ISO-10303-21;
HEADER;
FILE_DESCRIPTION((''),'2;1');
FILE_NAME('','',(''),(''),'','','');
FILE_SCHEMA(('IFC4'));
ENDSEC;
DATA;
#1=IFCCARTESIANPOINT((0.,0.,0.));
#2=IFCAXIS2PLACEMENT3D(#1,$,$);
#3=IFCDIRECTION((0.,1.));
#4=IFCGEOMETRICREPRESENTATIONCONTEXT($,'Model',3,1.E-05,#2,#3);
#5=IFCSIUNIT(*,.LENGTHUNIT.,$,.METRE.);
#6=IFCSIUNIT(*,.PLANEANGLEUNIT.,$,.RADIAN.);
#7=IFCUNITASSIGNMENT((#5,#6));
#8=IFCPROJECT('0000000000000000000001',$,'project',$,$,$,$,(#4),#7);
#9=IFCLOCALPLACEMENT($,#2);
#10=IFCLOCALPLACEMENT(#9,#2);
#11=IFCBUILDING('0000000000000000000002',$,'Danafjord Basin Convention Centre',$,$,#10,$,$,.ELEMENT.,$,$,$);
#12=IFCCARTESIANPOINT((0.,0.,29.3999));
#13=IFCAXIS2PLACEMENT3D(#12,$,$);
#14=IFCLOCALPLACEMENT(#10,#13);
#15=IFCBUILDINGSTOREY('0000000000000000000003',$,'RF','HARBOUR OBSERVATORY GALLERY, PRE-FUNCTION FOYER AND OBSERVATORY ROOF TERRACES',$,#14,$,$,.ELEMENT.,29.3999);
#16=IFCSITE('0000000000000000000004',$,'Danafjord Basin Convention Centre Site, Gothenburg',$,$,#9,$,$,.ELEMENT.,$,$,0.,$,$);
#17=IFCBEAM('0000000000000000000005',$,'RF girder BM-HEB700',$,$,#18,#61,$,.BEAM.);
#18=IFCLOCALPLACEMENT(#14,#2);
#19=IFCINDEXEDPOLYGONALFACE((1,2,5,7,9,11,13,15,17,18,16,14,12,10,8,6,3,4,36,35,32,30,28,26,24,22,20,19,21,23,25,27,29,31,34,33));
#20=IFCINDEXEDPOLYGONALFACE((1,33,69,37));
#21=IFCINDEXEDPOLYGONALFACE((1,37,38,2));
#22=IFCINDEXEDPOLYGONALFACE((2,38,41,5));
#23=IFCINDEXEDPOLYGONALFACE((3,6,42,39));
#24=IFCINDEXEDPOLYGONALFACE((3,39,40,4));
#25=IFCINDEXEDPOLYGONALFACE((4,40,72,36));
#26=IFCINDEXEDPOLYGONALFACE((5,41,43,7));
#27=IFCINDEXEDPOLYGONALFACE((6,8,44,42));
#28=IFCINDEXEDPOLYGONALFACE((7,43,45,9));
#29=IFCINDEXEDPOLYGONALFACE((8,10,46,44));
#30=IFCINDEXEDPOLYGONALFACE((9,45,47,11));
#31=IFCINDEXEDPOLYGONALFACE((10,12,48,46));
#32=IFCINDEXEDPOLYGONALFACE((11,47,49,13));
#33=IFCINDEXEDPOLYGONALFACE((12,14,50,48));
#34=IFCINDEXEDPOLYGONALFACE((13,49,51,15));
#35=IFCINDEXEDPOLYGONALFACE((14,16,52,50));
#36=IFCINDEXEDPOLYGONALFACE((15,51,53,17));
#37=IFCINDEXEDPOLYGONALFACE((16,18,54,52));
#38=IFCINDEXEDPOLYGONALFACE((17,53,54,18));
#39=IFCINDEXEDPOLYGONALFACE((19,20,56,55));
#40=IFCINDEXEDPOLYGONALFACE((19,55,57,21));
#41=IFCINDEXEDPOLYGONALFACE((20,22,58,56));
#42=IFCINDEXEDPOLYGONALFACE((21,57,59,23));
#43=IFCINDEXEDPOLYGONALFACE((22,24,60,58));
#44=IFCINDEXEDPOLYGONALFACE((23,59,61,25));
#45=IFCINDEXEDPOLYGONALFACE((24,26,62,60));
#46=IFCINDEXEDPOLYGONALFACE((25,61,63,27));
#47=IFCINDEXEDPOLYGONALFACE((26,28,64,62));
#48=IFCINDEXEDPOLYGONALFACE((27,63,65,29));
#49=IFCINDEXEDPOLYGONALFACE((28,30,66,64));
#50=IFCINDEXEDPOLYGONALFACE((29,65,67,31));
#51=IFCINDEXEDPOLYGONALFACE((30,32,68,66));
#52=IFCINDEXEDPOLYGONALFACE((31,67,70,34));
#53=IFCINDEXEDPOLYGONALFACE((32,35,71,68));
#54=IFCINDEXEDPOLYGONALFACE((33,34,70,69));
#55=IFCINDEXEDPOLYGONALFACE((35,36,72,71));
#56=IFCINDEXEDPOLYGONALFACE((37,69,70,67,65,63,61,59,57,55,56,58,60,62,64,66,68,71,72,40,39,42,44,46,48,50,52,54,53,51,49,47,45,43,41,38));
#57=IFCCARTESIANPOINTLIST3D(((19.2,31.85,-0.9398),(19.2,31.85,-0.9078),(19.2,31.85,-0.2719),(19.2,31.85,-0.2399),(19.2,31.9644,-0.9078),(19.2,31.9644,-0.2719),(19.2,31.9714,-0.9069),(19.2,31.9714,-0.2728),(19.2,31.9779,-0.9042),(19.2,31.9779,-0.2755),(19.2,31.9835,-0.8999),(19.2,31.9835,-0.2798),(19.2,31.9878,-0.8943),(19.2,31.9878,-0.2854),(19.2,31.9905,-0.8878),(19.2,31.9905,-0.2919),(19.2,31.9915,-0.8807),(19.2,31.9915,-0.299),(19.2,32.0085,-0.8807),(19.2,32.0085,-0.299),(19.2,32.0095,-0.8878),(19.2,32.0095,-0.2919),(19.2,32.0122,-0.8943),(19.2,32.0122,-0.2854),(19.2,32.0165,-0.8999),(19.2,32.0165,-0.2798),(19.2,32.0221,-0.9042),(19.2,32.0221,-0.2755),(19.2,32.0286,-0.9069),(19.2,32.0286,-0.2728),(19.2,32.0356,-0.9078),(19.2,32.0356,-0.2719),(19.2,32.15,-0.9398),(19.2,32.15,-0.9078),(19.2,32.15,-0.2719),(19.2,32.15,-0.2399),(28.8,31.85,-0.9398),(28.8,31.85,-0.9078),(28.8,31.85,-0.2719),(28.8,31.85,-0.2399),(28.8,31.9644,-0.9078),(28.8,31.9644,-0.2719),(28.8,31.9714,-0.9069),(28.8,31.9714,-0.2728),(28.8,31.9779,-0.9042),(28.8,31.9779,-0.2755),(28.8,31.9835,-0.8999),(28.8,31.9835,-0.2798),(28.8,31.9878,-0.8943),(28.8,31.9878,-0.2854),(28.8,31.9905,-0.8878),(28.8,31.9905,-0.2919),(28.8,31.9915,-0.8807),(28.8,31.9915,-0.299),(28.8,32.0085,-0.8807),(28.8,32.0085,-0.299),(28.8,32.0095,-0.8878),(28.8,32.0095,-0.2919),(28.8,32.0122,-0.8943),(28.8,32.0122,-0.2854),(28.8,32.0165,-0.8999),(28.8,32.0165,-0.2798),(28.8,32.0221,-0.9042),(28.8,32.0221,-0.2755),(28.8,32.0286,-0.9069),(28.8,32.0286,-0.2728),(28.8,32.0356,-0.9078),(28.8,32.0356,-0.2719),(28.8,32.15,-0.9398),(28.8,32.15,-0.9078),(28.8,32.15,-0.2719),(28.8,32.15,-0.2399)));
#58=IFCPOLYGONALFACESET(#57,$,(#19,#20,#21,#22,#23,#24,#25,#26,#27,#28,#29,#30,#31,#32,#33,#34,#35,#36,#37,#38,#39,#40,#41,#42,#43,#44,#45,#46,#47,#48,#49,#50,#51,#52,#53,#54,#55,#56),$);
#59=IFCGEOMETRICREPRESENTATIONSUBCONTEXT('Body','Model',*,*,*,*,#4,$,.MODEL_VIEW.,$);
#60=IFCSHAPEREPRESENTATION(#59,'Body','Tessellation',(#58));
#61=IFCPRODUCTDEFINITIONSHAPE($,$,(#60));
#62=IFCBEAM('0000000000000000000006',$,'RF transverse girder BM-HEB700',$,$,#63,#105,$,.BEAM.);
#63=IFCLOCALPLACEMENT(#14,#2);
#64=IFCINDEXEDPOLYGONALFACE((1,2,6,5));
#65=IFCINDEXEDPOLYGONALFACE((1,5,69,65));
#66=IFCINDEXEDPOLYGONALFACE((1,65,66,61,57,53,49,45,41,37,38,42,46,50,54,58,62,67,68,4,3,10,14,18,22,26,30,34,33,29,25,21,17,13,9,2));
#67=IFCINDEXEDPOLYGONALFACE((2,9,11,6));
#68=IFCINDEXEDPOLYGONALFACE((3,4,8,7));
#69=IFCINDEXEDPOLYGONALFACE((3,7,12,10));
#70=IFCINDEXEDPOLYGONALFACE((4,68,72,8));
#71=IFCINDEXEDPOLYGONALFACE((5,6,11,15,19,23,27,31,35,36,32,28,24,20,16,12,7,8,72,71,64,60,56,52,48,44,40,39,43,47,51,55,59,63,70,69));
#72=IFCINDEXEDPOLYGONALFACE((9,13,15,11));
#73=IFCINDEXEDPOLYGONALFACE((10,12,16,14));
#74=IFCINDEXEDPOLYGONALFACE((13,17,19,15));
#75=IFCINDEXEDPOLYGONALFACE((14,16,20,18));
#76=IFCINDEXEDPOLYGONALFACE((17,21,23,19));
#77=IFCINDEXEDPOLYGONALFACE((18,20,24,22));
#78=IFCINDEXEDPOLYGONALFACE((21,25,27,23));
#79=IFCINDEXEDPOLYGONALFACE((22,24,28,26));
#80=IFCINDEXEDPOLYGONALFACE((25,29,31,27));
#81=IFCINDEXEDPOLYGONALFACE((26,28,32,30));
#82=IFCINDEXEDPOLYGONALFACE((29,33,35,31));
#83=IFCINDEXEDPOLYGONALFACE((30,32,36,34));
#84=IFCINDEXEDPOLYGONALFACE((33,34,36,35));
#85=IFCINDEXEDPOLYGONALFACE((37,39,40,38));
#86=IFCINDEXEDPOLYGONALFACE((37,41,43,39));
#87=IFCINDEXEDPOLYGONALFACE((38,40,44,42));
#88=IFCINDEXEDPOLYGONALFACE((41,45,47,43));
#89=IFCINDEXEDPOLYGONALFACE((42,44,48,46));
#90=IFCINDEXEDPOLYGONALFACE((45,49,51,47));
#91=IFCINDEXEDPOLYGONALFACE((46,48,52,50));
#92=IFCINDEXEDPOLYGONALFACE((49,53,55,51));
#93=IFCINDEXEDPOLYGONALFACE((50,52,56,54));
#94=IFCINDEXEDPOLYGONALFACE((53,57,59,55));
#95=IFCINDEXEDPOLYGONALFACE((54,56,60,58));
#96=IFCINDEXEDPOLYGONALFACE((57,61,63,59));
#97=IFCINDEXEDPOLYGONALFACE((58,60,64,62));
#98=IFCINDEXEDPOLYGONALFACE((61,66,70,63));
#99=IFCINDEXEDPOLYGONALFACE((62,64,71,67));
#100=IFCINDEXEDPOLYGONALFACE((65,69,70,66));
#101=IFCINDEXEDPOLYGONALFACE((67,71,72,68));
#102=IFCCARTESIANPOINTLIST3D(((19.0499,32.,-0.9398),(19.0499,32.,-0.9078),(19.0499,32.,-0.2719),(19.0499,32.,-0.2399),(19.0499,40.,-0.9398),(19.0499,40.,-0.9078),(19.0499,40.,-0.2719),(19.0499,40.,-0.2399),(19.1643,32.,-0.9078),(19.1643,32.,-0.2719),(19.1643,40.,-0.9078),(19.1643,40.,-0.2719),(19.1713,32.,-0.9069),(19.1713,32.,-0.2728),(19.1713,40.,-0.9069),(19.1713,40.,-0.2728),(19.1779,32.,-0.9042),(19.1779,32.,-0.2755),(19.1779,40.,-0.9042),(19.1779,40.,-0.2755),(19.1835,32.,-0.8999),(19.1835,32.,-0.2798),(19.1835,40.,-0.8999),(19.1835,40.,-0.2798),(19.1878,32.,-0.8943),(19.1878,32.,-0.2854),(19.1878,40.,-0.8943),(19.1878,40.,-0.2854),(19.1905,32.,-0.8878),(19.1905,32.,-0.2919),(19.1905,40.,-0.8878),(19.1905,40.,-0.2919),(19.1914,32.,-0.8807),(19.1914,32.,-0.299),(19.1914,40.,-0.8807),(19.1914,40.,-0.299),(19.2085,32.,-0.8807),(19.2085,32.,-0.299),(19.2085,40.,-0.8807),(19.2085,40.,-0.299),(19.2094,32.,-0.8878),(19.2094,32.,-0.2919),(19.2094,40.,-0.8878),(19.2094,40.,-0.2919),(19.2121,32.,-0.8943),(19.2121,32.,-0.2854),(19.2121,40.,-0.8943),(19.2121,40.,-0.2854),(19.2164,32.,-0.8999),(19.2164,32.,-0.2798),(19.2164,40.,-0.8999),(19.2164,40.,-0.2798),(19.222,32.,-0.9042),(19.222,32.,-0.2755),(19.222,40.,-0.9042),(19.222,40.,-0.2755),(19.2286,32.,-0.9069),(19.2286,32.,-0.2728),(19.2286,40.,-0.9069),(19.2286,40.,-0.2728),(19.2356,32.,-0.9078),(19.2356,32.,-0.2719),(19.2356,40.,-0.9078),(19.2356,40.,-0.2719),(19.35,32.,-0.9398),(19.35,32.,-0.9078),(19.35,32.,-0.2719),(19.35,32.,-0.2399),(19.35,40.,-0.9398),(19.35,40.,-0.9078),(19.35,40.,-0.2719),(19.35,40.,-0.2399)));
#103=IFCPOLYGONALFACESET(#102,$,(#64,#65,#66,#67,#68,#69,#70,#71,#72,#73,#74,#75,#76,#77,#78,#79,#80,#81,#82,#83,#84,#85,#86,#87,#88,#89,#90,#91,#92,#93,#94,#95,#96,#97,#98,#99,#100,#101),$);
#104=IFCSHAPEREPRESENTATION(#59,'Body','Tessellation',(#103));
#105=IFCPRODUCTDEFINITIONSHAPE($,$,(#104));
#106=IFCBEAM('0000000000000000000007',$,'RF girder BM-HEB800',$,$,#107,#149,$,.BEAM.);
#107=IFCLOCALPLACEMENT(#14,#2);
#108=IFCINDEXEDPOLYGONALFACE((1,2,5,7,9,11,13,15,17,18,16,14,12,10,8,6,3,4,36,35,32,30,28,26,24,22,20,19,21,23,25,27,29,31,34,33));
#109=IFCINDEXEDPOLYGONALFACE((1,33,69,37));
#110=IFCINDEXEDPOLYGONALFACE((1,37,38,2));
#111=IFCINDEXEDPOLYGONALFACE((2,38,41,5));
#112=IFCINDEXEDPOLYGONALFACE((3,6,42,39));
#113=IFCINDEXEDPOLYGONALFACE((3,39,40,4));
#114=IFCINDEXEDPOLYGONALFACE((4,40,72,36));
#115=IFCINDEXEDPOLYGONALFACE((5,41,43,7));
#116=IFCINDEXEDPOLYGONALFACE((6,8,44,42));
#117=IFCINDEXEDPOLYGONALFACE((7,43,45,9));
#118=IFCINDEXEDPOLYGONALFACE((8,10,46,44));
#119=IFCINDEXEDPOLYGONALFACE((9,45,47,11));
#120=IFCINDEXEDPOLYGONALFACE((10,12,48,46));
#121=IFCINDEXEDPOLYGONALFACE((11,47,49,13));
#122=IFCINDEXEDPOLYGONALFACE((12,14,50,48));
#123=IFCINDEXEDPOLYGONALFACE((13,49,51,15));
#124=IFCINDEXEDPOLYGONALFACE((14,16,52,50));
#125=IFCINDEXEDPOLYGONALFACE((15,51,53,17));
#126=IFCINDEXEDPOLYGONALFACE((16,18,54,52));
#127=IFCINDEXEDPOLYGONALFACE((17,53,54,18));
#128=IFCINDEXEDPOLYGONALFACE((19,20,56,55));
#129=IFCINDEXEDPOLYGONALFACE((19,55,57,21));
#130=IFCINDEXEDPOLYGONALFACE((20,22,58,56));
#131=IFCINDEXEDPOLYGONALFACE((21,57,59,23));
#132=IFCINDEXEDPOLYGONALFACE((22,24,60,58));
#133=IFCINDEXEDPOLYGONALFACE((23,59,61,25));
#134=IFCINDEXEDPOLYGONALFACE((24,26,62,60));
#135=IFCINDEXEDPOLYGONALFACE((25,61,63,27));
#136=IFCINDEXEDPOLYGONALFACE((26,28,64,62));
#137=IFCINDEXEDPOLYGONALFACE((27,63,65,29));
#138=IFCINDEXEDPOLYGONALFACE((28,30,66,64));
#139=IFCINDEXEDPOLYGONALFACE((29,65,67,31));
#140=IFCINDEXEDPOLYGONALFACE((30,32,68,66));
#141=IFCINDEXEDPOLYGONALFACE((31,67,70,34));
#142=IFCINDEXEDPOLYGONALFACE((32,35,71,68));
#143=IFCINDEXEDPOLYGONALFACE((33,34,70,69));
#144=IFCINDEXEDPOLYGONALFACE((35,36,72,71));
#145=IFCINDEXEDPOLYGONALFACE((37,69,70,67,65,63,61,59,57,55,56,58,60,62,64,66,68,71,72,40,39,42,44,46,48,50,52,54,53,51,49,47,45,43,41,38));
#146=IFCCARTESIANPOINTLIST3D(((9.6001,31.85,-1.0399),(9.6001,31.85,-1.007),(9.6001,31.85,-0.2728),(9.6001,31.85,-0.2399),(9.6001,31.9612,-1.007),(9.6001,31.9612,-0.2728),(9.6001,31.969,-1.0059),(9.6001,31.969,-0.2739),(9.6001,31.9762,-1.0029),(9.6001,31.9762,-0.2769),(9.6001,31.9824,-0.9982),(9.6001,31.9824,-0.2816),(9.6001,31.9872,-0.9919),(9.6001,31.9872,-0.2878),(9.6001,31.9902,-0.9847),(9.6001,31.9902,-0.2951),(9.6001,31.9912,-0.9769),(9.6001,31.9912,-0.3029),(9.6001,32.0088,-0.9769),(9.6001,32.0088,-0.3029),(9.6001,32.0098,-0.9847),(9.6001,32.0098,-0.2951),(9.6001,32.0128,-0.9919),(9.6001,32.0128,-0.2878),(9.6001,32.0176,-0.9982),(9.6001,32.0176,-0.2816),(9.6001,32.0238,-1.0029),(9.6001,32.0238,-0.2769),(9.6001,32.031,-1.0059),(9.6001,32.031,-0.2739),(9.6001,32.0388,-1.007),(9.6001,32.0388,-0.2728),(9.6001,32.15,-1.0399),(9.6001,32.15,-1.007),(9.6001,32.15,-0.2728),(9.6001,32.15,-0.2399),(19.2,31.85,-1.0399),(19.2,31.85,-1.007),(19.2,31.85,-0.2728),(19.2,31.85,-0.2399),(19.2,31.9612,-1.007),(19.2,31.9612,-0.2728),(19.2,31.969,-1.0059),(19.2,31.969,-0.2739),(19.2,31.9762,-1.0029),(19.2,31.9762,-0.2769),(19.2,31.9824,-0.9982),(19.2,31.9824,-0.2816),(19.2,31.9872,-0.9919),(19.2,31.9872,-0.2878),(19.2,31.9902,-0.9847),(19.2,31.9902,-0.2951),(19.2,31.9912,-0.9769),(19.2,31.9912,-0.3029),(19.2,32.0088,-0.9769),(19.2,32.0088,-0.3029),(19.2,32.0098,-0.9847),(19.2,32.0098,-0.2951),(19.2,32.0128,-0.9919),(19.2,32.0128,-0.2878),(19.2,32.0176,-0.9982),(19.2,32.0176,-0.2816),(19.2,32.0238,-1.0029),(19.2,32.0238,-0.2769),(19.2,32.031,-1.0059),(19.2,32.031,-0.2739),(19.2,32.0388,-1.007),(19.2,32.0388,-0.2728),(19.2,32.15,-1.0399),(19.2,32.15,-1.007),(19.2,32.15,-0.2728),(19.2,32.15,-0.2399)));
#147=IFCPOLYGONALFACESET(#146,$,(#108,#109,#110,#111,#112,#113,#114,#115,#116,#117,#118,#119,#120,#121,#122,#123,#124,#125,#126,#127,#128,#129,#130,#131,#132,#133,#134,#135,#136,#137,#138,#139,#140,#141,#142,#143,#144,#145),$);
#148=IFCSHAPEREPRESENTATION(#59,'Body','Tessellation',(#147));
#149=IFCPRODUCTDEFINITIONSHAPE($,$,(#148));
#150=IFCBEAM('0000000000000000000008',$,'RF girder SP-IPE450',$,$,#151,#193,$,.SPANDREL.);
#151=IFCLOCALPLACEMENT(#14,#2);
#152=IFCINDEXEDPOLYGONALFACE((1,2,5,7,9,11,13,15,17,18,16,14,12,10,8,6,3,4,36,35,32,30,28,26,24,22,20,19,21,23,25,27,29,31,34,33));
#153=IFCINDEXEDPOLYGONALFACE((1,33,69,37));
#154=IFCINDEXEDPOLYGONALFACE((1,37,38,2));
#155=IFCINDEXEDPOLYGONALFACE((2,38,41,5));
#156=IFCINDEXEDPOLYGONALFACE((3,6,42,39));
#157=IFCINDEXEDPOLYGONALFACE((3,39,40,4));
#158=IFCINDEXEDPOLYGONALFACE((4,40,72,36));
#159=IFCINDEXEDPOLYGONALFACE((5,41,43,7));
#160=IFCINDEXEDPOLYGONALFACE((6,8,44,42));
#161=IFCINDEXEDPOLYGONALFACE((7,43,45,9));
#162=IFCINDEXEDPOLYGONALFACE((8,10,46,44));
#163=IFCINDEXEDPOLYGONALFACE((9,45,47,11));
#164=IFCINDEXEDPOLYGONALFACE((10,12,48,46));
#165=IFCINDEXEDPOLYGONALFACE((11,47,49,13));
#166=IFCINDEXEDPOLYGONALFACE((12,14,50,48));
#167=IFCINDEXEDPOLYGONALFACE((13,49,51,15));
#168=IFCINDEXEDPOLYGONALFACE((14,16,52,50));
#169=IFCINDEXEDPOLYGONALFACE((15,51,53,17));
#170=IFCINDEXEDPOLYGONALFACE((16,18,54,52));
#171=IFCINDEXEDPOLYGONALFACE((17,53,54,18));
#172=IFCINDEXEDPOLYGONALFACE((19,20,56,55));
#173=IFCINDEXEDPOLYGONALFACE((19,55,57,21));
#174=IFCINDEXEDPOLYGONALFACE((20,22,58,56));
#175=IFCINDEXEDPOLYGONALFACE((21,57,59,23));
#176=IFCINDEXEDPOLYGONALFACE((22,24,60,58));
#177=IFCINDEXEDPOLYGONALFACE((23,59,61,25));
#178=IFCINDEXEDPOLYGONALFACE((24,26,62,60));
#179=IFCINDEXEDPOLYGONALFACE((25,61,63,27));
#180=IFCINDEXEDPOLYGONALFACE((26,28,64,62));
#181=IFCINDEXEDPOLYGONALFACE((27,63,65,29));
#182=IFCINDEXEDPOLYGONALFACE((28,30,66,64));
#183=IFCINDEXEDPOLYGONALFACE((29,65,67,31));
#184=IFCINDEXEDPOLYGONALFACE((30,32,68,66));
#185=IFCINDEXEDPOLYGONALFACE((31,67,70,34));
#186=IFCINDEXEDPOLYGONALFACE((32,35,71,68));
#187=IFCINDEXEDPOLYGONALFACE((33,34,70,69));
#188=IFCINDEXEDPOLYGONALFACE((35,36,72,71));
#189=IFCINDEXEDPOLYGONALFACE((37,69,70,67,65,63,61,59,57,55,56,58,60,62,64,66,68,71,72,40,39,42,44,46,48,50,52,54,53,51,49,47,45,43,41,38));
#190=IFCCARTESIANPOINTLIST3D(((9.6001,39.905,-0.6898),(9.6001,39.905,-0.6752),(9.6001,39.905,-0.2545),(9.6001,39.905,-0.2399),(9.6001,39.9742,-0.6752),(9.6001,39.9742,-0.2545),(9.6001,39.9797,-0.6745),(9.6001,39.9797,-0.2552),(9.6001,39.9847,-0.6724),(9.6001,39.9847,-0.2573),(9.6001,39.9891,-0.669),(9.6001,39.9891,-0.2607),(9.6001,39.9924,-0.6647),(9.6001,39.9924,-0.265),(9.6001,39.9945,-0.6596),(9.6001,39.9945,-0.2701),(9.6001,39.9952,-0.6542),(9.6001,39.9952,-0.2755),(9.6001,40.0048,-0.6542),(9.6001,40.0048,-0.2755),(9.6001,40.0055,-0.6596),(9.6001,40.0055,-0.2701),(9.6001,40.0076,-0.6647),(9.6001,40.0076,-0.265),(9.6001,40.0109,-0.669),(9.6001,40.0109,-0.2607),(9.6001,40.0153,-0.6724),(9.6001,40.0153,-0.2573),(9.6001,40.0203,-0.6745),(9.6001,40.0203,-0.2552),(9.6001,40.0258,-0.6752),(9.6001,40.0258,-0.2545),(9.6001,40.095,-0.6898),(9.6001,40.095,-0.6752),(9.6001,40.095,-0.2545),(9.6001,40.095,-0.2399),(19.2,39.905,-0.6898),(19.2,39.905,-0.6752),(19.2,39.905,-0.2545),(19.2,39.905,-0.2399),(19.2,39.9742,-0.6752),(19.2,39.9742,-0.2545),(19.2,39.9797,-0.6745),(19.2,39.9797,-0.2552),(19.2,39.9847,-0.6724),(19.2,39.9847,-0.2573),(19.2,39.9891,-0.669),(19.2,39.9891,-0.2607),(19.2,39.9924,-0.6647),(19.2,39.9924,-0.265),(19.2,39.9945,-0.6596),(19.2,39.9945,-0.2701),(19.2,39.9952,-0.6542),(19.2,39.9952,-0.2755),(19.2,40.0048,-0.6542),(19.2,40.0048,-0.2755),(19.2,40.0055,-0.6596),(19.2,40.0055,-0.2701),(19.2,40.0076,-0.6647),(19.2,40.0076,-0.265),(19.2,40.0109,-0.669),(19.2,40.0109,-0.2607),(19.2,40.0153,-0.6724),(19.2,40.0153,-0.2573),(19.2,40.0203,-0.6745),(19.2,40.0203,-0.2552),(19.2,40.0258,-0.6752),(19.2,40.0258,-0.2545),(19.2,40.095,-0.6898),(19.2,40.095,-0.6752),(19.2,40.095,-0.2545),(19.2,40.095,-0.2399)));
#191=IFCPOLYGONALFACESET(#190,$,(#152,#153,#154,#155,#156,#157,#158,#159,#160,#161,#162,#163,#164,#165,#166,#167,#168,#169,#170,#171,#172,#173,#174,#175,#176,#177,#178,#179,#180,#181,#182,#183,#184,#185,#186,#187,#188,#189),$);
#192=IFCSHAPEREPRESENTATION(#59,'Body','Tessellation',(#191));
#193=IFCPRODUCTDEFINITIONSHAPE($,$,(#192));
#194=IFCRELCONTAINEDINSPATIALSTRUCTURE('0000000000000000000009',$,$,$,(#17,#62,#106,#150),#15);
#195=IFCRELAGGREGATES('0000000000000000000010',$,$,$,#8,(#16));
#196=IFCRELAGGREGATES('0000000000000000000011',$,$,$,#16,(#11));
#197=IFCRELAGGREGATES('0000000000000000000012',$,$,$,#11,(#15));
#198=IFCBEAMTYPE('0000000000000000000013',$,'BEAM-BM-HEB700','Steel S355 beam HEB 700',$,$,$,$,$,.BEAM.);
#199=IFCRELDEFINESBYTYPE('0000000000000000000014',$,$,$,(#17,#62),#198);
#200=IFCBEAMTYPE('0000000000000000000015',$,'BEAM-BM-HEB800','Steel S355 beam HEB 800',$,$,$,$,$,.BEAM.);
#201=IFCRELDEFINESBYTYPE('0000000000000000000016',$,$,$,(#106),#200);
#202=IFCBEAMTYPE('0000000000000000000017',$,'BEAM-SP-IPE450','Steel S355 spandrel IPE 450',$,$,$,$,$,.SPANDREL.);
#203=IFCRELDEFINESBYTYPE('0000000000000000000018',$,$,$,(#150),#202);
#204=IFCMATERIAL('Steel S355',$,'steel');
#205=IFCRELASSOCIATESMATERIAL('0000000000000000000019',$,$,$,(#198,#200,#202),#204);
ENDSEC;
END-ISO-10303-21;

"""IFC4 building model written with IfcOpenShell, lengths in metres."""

from ifc_helpers import new_model, si_unit, direction, frame, origin, origin_2d, place, context, subcontext, project, spatial, i_section, extrude, material, material_profile, profile_set, type_object, element, save


model = new_model("IFC4")

# Units and contexts
model_context = context("Model", 3, precision=1e-05, world=origin(), true_north=direction((0.0, 1.0)))
body_context = subcontext(model_context, "Body", "Model", "MODEL_VIEW")
ifc_project = project(units=[si_unit("LENGTHUNIT", "METRE"), si_unit("PLANEANGLEUNIT", "RADIAN")], contexts=[model_context])

# Site, building, storey
site_placement = place(None, origin())
site = spatial("IfcSite", under=ifc_project, at=site_placement, Name="Danafjord Basin Convention Centre Site, Gothenburg", CompositionType="ELEMENT", RefElevation=0.0)
building_placement = place(site_placement, origin())
building = spatial("IfcBuilding", under=site, at=building_placement, Name="Danafjord Basin Convention Centre", CompositionType="ELEMENT")
storey_placement = place(building_placement, frame((0.0, 0.0, 29.3999)))
storey = spatial("IfcBuildingStorey", under=building, at=storey_placement, Name="RF", Description="HARBOUR OBSERVATORY GALLERY, PRE-FUNCTION FOYER AND OBSERVATORY ROOF TERRACES", CompositionType="ELEMENT", Elevation=29.3999)

# Shared definitions
ifc_material_1 = material(Name="Steel S355", Category="steel")

# Beams
ifc_material_profile_1 = material_profile(ifc_material_1, i_section(OverallWidth=0.3, OverallDepth=0.7, WebThickness=0.0171, FlangeThickness=0.032, FilletRadius=0.0271, at=origin_2d()), Name="HEB 700")
ifc_profile_set_1 = profile_set([ifc_material_profile_1], Name="Steel S355")
beam_type_1 = type_object("IfcBeamType", Name="BEAM-BM-HEB700", Description="Steel S355 beam HEB 700", PredefinedType="BEAM", material=ifc_profile_set_1)
beam_1_placement = place(storey_placement, frame((19.2, 32.0, -0.5898), z_axis=(1.0, 0.0, 0.0), x_axis=(0.0, 1.0, 0.0)))
element("IfcBeam", 1, at=beam_1_placement, inside=storey, type_object=beam_type_1, Name="RF girder BM-HEB700", PredefinedType="BEAM", context=body_context, shape_type="SweptSolid", body=[
    extrude(i_section(OverallWidth=0.3, OverallDepth=0.7, WebThickness=0.0171, FlangeThickness=0.032, FilletRadius=0.0271, at=origin_2d()), origin(), (0.0, 0.0, 1.0), 9.6001),
])
beam_2_placement = place(storey_placement, frame((19.2, 32.0, -0.5898), z_axis=(0.0, 1.0, 0.0), x_axis=(-1.0, 0.0, 0.0)))
element("IfcBeam", 2, at=beam_2_placement, inside=storey, type_object=beam_type_1, Name="RF transverse girder BM-HEB700", PredefinedType="BEAM", context=body_context, shape_type="SweptSolid", body=[
    extrude(i_section(OverallWidth=0.3, OverallDepth=0.7, WebThickness=0.0171, FlangeThickness=0.032, FilletRadius=0.0271, at=origin_2d()), origin(), (0.0, 0.0, 1.0), 8.0),
])
ifc_material_profile_2 = material_profile(ifc_material_1, i_section(OverallWidth=0.3, OverallDepth=0.8, WebThickness=0.0176, FlangeThickness=0.033, FilletRadius=0.03, at=origin_2d()), Name="HEB 800")
ifc_profile_set_2 = profile_set([ifc_material_profile_2], Name="Steel S355")
beam_type_2 = type_object("IfcBeamType", Name="BEAM-BM-HEB800", Description="Steel S355 beam HEB 800", PredefinedType="BEAM", material=ifc_profile_set_2)
beam_3_placement = place(storey_placement, frame((9.6001, 32.0, -0.6399), z_axis=(1.0, 0.0, 0.0), x_axis=(0.0, 1.0, 0.0)))
element("IfcBeam", 3, at=beam_3_placement, inside=storey, type_object=beam_type_2, Name="RF girder BM-HEB800", PredefinedType="BEAM", context=body_context, shape_type="SweptSolid", body=[
    extrude(i_section(OverallWidth=0.3, OverallDepth=0.8, WebThickness=0.0176, FlangeThickness=0.033, FilletRadius=0.03, at=origin_2d()), origin(), (0.0, 0.0, 1.0), 9.5999),
])
ifc_material_profile_3 = material_profile(ifc_material_1, i_section(OverallWidth=0.1899, OverallDepth=0.45, WebThickness=0.0095, FlangeThickness=0.0146, FilletRadius=0.021, at=origin_2d()), Name="IPE 450")
ifc_profile_set_3 = profile_set([ifc_material_profile_3], Name="Steel S355")
beam_type_3 = type_object("IfcBeamType", Name="BEAM-SP-IPE450", Description="Steel S355 spandrel IPE 450", PredefinedType="SPANDREL", material=ifc_profile_set_3)
beam_4_placement = place(storey_placement, frame((9.6001, 40.0, -0.4648), z_axis=(1.0, 0.0, 0.0), x_axis=(0.0, 1.0, 0.0)))
element("IfcBeam", 4, at=beam_4_placement, inside=storey, type_object=beam_type_3, Name="RF girder SP-IPE450", PredefinedType="SPANDREL", context=body_context, shape_type="SweptSolid", body=[
    extrude(i_section(OverallWidth=0.1899, OverallDepth=0.45, WebThickness=0.0095, FlangeThickness=0.0146, FilletRadius=0.021, at=origin_2d()), origin(), (0.0, 0.0, 1.0), 9.5999),
])

save(model, "model.ifc")
